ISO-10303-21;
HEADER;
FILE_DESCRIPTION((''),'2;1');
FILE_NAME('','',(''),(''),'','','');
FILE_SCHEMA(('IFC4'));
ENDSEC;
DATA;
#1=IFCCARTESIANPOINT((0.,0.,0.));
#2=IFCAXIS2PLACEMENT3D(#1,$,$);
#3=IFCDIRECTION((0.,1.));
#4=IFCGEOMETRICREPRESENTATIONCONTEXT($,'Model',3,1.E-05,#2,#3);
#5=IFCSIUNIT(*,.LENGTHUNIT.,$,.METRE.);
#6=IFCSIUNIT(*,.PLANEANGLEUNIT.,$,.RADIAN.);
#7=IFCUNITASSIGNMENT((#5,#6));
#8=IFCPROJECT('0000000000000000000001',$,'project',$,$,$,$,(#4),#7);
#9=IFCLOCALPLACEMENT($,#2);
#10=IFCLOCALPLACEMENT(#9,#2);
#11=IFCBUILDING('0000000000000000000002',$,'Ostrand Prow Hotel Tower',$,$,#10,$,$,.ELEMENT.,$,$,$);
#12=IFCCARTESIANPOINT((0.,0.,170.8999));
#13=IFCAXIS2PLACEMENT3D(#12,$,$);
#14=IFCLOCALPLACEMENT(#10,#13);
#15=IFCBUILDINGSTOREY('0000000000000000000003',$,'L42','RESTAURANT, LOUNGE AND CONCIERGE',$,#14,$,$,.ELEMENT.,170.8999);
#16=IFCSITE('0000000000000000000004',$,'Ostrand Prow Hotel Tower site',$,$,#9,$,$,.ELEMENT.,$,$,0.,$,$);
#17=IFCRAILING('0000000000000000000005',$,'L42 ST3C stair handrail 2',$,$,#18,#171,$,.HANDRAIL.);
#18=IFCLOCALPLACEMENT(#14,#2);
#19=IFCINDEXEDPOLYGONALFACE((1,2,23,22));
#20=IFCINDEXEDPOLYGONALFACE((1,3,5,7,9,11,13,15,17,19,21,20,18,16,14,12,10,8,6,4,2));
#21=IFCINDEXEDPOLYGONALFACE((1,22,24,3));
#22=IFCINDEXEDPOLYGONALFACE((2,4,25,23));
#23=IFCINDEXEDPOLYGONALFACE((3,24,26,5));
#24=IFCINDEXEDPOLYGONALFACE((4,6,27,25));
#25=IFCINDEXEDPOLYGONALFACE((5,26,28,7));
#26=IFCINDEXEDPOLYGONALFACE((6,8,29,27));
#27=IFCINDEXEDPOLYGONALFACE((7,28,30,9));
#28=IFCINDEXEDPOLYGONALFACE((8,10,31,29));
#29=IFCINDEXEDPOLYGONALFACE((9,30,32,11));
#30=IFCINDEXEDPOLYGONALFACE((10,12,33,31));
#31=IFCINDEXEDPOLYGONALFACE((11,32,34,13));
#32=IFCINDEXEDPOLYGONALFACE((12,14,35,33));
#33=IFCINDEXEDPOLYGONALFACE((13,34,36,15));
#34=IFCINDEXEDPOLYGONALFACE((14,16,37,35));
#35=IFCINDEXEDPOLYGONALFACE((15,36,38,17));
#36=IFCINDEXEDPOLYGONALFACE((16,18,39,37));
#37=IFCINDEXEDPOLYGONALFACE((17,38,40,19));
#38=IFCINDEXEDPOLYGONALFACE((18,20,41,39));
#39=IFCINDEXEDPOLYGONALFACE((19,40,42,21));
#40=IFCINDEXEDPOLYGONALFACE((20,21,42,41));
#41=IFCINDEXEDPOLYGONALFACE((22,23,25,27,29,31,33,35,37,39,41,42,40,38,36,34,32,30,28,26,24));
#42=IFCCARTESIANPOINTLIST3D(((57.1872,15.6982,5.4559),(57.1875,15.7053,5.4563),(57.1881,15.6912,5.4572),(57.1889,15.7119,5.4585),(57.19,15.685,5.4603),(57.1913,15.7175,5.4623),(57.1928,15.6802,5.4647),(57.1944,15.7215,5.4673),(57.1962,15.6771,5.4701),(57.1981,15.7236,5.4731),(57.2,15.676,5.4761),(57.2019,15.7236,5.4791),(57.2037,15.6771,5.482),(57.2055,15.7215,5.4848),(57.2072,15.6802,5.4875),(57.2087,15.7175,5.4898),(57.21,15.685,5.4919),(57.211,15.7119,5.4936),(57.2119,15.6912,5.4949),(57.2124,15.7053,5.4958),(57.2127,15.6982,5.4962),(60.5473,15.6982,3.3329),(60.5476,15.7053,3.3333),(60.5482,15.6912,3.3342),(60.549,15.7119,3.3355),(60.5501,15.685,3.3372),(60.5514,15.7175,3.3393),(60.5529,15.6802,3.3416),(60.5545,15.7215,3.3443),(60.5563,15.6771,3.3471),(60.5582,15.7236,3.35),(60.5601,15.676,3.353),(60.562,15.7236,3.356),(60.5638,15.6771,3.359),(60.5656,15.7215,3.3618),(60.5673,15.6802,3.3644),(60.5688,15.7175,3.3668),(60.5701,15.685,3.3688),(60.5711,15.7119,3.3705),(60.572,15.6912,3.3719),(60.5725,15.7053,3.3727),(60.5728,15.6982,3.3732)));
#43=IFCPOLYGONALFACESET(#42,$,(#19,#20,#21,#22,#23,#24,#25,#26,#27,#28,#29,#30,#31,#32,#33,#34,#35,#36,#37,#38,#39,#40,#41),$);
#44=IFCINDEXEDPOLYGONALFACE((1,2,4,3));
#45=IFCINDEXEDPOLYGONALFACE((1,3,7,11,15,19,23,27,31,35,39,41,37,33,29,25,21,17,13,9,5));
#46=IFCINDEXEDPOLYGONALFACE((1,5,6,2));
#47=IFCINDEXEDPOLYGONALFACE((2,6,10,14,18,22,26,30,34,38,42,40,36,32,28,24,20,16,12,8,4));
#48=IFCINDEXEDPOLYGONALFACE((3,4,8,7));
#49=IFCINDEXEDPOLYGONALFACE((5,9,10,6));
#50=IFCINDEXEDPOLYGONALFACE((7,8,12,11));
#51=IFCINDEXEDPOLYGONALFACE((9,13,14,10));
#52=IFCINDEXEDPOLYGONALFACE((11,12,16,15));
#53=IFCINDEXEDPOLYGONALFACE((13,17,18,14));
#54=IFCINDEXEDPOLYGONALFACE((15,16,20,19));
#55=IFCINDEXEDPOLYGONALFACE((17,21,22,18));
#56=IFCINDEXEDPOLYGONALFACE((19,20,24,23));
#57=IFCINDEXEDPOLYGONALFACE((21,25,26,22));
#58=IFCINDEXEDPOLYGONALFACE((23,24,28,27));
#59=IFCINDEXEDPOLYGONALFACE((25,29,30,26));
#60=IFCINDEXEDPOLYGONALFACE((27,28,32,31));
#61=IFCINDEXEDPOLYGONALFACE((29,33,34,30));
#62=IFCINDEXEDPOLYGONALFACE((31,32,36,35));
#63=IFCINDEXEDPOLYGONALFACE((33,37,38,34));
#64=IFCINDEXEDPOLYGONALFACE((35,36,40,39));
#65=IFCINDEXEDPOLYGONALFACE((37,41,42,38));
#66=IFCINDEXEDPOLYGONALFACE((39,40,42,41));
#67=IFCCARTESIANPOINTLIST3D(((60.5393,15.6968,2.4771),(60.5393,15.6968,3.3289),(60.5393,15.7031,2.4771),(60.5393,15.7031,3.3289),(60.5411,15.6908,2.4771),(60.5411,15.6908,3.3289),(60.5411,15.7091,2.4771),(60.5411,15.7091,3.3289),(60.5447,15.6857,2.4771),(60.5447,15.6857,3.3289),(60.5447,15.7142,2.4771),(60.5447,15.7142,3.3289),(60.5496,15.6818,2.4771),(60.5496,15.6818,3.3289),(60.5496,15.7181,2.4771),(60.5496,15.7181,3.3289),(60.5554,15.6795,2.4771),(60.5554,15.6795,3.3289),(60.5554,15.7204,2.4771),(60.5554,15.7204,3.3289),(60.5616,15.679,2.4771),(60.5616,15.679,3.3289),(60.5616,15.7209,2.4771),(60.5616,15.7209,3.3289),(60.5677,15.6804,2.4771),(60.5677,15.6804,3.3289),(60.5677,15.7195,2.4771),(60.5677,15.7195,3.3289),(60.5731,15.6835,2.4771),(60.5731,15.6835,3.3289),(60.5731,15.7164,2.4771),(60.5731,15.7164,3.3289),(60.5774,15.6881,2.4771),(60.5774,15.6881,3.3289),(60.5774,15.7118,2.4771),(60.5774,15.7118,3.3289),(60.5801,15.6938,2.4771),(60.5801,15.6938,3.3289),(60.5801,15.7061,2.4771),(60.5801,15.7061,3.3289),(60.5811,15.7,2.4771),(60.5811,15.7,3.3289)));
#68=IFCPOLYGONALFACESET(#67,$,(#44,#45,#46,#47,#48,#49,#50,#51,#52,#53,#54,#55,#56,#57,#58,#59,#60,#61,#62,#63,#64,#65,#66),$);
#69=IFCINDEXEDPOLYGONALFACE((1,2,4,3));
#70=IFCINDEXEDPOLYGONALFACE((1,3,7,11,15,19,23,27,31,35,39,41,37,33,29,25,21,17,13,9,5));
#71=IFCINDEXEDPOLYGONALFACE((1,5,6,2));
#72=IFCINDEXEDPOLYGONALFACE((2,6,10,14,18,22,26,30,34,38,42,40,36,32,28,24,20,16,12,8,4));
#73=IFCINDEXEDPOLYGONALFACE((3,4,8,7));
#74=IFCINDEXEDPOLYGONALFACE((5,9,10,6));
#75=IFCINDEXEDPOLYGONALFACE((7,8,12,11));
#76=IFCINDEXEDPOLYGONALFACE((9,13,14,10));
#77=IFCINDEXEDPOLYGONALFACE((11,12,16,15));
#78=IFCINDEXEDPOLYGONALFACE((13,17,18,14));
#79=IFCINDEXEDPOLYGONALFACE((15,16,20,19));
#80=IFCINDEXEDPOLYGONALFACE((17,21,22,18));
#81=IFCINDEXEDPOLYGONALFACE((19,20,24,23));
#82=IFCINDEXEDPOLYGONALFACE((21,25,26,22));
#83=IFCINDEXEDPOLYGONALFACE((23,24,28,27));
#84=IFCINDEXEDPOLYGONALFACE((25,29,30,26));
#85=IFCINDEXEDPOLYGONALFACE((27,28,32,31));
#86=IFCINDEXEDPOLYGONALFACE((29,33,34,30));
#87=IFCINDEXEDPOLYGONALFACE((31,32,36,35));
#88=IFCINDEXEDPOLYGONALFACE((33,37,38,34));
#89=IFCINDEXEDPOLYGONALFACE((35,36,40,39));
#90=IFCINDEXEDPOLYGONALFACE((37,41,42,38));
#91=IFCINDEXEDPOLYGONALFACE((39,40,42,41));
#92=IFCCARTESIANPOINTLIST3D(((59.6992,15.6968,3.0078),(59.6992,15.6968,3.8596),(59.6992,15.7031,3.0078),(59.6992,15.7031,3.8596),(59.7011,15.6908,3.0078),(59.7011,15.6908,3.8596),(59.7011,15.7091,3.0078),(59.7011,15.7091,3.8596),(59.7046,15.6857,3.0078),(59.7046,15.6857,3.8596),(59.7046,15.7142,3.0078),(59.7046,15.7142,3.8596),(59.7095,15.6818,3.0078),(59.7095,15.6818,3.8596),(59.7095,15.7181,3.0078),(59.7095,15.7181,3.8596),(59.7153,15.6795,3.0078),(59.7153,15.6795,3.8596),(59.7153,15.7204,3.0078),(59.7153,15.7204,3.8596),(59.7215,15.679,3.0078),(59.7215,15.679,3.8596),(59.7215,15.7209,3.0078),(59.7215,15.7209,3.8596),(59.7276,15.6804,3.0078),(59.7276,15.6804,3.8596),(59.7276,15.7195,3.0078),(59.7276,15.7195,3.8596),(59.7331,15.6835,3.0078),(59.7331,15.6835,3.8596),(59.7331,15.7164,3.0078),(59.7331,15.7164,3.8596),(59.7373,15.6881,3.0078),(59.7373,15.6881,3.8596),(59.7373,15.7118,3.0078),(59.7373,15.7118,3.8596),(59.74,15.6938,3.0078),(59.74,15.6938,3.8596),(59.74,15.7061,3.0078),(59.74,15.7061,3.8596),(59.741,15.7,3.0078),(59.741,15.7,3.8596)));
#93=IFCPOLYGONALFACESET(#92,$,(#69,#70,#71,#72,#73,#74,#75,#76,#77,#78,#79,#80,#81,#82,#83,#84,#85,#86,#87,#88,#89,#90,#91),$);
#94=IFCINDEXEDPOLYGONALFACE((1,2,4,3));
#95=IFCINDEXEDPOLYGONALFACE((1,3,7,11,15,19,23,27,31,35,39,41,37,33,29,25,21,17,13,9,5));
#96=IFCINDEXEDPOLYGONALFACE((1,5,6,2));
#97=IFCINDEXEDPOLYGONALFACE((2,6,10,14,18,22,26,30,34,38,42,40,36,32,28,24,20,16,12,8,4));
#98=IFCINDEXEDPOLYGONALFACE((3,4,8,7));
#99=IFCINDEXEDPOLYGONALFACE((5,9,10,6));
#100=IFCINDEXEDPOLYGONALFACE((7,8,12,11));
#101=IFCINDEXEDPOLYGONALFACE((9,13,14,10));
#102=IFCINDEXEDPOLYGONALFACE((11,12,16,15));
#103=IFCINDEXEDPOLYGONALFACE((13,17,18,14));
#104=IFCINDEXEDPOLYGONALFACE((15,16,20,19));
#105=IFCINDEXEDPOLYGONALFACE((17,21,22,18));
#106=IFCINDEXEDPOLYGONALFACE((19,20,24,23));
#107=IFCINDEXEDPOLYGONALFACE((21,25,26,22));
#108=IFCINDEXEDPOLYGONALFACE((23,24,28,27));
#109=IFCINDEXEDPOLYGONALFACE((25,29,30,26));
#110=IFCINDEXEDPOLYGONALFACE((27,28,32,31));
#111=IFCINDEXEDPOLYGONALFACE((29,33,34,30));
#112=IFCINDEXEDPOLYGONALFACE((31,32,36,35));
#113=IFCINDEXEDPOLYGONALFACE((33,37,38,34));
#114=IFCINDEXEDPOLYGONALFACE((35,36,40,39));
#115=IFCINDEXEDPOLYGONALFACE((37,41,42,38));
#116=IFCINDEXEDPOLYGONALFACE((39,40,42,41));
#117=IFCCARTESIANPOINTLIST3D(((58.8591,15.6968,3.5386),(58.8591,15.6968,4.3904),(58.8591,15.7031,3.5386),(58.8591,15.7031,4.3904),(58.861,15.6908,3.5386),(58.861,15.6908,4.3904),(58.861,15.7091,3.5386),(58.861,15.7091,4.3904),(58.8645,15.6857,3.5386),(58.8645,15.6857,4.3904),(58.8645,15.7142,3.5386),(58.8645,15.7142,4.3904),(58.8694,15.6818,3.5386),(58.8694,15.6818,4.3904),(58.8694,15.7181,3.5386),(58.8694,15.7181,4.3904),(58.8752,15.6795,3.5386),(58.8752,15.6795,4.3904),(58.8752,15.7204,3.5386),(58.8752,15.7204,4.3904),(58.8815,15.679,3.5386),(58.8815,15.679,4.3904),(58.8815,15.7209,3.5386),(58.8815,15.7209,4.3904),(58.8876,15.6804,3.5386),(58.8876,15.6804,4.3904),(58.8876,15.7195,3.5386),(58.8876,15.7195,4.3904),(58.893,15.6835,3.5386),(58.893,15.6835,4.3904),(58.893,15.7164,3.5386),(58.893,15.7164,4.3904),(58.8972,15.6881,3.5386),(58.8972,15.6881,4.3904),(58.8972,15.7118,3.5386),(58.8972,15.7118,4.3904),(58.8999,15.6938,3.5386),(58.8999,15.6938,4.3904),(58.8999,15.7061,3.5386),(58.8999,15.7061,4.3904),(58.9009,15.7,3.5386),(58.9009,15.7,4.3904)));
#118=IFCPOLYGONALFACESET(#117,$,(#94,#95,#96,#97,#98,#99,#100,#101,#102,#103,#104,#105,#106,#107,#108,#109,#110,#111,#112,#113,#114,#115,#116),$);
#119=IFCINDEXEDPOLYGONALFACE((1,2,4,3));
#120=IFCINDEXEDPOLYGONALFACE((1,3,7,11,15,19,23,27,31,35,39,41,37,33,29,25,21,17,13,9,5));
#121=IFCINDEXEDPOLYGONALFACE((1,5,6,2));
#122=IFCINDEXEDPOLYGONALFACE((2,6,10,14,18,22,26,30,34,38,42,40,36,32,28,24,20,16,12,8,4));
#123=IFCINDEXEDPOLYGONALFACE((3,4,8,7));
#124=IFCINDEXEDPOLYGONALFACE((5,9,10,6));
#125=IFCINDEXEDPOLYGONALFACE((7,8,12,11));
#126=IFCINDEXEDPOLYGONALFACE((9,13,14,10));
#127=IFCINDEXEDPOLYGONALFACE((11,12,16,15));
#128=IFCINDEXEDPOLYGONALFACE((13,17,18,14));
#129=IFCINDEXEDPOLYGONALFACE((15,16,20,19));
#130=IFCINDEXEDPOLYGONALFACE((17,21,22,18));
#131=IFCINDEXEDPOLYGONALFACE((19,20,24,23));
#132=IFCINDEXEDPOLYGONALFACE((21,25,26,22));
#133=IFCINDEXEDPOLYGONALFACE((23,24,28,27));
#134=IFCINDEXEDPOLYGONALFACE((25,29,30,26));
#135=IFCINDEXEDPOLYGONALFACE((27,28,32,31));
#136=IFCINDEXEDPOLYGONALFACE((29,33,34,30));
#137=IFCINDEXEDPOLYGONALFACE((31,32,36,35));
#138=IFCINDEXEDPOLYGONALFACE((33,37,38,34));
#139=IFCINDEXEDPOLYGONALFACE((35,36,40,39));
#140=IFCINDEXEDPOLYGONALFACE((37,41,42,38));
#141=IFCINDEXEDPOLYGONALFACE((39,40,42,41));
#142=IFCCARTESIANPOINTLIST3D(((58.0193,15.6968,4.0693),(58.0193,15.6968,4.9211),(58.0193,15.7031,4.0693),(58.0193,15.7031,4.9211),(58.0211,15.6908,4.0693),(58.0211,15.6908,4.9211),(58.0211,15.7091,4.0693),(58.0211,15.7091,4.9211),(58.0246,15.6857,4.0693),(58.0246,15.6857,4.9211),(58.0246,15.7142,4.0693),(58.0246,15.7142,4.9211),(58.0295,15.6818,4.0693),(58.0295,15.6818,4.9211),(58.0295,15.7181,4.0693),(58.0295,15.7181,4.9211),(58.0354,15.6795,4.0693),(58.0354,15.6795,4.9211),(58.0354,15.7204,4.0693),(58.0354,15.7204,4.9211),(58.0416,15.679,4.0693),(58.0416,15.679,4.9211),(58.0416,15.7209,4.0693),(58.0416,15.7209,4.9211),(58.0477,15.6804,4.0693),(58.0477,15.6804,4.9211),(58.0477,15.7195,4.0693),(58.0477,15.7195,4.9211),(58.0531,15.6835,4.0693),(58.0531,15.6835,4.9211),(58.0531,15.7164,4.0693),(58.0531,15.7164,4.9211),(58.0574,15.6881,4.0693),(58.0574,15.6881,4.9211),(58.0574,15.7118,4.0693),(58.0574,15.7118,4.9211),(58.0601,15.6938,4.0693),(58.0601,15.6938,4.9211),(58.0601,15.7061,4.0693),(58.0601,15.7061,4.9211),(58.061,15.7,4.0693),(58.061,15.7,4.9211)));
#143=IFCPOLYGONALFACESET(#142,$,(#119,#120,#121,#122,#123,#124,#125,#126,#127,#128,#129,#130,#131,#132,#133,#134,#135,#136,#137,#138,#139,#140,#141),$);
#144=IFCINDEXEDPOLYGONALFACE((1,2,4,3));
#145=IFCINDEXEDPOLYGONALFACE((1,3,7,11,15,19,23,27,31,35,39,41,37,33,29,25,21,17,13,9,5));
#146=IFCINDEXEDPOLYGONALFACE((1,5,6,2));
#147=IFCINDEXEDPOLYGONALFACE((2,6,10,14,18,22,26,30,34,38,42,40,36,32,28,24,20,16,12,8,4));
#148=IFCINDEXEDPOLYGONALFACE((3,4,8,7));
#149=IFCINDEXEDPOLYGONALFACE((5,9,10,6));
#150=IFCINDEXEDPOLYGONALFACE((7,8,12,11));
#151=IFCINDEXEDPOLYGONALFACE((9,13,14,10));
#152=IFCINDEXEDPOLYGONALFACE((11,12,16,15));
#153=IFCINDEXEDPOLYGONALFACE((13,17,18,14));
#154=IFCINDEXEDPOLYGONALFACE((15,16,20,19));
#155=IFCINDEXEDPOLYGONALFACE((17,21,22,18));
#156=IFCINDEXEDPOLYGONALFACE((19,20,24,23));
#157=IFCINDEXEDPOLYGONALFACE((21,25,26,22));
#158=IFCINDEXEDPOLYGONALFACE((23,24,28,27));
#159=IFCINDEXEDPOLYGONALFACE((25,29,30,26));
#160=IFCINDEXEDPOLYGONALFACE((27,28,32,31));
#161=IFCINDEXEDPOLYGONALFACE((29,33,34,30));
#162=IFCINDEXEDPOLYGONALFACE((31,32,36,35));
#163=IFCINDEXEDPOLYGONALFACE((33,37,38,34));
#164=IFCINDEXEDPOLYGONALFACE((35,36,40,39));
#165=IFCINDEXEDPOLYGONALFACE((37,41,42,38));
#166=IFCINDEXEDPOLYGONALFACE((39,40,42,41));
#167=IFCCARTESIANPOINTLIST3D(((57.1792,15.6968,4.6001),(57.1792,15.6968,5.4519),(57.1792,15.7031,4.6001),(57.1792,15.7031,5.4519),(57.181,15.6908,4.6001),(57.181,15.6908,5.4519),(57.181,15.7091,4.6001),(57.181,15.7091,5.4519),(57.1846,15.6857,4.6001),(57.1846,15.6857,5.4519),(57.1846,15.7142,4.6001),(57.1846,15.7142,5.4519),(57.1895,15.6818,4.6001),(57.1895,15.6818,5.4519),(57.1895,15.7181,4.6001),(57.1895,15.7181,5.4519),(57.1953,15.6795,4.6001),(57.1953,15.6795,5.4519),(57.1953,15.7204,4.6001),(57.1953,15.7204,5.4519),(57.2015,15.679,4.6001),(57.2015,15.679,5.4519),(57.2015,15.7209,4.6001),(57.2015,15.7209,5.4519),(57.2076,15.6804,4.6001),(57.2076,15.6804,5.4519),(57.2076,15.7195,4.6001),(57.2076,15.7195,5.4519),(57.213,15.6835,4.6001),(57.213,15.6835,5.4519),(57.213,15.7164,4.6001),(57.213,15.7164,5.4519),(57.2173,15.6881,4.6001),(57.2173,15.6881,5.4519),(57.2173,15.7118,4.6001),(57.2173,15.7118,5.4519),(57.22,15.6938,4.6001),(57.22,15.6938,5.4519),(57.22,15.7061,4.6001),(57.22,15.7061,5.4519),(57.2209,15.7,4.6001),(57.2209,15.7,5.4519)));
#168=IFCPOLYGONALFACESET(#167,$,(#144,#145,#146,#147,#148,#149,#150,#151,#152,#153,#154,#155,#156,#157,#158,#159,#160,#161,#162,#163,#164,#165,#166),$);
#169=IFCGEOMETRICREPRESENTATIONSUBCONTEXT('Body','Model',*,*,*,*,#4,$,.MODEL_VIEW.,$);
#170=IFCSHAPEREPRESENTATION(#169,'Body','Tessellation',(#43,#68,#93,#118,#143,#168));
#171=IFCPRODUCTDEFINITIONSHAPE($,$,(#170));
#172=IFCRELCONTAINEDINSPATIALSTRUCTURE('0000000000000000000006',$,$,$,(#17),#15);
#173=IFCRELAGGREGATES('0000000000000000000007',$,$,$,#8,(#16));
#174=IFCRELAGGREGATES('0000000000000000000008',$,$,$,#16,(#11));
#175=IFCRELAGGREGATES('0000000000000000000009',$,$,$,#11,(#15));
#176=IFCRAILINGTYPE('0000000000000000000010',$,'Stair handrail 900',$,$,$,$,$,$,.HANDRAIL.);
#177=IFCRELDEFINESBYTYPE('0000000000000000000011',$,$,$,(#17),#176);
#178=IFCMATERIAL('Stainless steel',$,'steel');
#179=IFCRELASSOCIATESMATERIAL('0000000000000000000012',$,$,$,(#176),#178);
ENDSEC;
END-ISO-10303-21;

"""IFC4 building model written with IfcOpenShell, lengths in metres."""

from ifc_helpers import new_model, si_unit, direction, frame, origin, origin_2d, place, context, subcontext, project, spatial, circle, extrude, material, type_object, element, save


model = new_model("IFC4")

# Units and contexts
model_context = context("Model", 3, precision=1e-05, world=origin(), true_north=direction((0.0, 1.0)))
body_context = subcontext(model_context, "Body", "Model", "MODEL_VIEW")
ifc_project = project(units=[si_unit("LENGTHUNIT", "METRE"), si_unit("PLANEANGLEUNIT", "RADIAN")], contexts=[model_context])

# Site, building, storey
site_placement = place(None, origin())
site = spatial("IfcSite", under=ifc_project, at=site_placement, Name="Ostrand Prow Hotel Tower site", CompositionType="ELEMENT", RefElevation=0.0)
building_placement = place(site_placement, origin())
building = spatial("IfcBuilding", under=site, at=building_placement, Name="Ostrand Prow Hotel Tower", CompositionType="ELEMENT")
storey_placement = place(building_placement, frame((0.0, 0.0, 170.8999)))
storey = spatial("IfcBuildingStorey", under=building, at=storey_placement, Name="L42", Description="RESTAURANT, LOUNGE AND CONCIERGE", CompositionType="ELEMENT", Elevation=170.8999)

# Railing
ifc_material_1 = material(Name="Stainless steel", Category="steel")
railing_type_1 = type_object("IfcRailingType", Name="Stair handrail 900", PredefinedType="HANDRAIL", material=ifc_material_1)
railing_1_placement = place(storey_placement, frame((60.5601, 15.7, 2.4771)))
element("IfcRailing", 1, at=railing_1_placement, inside=storey, type_object=railing_type_1, Name="L42 ST3C stair handrail 2", PredefinedType="HANDRAIL", context=body_context, shape_type="SweptSolid", body=[
    extrude(circle(Radius=0.0239, at=origin_2d()), frame((0.0, 0.0, 0.876), z_axis=(-0.84539, 0.0, 0.53415), x_axis=(0.0, -1.0, 0.0)), (0.0, 0.0, 1.0), 3.9746),
    extrude(circle(Radius=0.021, at=origin_2d()), origin(), (0.0, 0.0, 1.0), 0.8518),
    extrude(circle(Radius=0.021, at=origin_2d()), frame((-0.8401, 0.0, 0.5308)), (0.0, 0.0, 1.0), 0.8518),
    extrude(circle(Radius=0.021, at=origin_2d()), frame((-1.6802, 0.0, 1.0615)), (0.0, 0.0, 1.0), 0.8518),
    extrude(circle(Radius=0.021, at=origin_2d()), frame((-2.52, 0.0, 1.5923)), (0.0, 0.0, 1.0), 0.8518),
    extrude(circle(Radius=0.021, at=origin_2d()), frame((-3.3601, 0.0, 2.123)), (0.0, 0.0, 1.0), 0.8518),
])

save(model, "model.ifc")
